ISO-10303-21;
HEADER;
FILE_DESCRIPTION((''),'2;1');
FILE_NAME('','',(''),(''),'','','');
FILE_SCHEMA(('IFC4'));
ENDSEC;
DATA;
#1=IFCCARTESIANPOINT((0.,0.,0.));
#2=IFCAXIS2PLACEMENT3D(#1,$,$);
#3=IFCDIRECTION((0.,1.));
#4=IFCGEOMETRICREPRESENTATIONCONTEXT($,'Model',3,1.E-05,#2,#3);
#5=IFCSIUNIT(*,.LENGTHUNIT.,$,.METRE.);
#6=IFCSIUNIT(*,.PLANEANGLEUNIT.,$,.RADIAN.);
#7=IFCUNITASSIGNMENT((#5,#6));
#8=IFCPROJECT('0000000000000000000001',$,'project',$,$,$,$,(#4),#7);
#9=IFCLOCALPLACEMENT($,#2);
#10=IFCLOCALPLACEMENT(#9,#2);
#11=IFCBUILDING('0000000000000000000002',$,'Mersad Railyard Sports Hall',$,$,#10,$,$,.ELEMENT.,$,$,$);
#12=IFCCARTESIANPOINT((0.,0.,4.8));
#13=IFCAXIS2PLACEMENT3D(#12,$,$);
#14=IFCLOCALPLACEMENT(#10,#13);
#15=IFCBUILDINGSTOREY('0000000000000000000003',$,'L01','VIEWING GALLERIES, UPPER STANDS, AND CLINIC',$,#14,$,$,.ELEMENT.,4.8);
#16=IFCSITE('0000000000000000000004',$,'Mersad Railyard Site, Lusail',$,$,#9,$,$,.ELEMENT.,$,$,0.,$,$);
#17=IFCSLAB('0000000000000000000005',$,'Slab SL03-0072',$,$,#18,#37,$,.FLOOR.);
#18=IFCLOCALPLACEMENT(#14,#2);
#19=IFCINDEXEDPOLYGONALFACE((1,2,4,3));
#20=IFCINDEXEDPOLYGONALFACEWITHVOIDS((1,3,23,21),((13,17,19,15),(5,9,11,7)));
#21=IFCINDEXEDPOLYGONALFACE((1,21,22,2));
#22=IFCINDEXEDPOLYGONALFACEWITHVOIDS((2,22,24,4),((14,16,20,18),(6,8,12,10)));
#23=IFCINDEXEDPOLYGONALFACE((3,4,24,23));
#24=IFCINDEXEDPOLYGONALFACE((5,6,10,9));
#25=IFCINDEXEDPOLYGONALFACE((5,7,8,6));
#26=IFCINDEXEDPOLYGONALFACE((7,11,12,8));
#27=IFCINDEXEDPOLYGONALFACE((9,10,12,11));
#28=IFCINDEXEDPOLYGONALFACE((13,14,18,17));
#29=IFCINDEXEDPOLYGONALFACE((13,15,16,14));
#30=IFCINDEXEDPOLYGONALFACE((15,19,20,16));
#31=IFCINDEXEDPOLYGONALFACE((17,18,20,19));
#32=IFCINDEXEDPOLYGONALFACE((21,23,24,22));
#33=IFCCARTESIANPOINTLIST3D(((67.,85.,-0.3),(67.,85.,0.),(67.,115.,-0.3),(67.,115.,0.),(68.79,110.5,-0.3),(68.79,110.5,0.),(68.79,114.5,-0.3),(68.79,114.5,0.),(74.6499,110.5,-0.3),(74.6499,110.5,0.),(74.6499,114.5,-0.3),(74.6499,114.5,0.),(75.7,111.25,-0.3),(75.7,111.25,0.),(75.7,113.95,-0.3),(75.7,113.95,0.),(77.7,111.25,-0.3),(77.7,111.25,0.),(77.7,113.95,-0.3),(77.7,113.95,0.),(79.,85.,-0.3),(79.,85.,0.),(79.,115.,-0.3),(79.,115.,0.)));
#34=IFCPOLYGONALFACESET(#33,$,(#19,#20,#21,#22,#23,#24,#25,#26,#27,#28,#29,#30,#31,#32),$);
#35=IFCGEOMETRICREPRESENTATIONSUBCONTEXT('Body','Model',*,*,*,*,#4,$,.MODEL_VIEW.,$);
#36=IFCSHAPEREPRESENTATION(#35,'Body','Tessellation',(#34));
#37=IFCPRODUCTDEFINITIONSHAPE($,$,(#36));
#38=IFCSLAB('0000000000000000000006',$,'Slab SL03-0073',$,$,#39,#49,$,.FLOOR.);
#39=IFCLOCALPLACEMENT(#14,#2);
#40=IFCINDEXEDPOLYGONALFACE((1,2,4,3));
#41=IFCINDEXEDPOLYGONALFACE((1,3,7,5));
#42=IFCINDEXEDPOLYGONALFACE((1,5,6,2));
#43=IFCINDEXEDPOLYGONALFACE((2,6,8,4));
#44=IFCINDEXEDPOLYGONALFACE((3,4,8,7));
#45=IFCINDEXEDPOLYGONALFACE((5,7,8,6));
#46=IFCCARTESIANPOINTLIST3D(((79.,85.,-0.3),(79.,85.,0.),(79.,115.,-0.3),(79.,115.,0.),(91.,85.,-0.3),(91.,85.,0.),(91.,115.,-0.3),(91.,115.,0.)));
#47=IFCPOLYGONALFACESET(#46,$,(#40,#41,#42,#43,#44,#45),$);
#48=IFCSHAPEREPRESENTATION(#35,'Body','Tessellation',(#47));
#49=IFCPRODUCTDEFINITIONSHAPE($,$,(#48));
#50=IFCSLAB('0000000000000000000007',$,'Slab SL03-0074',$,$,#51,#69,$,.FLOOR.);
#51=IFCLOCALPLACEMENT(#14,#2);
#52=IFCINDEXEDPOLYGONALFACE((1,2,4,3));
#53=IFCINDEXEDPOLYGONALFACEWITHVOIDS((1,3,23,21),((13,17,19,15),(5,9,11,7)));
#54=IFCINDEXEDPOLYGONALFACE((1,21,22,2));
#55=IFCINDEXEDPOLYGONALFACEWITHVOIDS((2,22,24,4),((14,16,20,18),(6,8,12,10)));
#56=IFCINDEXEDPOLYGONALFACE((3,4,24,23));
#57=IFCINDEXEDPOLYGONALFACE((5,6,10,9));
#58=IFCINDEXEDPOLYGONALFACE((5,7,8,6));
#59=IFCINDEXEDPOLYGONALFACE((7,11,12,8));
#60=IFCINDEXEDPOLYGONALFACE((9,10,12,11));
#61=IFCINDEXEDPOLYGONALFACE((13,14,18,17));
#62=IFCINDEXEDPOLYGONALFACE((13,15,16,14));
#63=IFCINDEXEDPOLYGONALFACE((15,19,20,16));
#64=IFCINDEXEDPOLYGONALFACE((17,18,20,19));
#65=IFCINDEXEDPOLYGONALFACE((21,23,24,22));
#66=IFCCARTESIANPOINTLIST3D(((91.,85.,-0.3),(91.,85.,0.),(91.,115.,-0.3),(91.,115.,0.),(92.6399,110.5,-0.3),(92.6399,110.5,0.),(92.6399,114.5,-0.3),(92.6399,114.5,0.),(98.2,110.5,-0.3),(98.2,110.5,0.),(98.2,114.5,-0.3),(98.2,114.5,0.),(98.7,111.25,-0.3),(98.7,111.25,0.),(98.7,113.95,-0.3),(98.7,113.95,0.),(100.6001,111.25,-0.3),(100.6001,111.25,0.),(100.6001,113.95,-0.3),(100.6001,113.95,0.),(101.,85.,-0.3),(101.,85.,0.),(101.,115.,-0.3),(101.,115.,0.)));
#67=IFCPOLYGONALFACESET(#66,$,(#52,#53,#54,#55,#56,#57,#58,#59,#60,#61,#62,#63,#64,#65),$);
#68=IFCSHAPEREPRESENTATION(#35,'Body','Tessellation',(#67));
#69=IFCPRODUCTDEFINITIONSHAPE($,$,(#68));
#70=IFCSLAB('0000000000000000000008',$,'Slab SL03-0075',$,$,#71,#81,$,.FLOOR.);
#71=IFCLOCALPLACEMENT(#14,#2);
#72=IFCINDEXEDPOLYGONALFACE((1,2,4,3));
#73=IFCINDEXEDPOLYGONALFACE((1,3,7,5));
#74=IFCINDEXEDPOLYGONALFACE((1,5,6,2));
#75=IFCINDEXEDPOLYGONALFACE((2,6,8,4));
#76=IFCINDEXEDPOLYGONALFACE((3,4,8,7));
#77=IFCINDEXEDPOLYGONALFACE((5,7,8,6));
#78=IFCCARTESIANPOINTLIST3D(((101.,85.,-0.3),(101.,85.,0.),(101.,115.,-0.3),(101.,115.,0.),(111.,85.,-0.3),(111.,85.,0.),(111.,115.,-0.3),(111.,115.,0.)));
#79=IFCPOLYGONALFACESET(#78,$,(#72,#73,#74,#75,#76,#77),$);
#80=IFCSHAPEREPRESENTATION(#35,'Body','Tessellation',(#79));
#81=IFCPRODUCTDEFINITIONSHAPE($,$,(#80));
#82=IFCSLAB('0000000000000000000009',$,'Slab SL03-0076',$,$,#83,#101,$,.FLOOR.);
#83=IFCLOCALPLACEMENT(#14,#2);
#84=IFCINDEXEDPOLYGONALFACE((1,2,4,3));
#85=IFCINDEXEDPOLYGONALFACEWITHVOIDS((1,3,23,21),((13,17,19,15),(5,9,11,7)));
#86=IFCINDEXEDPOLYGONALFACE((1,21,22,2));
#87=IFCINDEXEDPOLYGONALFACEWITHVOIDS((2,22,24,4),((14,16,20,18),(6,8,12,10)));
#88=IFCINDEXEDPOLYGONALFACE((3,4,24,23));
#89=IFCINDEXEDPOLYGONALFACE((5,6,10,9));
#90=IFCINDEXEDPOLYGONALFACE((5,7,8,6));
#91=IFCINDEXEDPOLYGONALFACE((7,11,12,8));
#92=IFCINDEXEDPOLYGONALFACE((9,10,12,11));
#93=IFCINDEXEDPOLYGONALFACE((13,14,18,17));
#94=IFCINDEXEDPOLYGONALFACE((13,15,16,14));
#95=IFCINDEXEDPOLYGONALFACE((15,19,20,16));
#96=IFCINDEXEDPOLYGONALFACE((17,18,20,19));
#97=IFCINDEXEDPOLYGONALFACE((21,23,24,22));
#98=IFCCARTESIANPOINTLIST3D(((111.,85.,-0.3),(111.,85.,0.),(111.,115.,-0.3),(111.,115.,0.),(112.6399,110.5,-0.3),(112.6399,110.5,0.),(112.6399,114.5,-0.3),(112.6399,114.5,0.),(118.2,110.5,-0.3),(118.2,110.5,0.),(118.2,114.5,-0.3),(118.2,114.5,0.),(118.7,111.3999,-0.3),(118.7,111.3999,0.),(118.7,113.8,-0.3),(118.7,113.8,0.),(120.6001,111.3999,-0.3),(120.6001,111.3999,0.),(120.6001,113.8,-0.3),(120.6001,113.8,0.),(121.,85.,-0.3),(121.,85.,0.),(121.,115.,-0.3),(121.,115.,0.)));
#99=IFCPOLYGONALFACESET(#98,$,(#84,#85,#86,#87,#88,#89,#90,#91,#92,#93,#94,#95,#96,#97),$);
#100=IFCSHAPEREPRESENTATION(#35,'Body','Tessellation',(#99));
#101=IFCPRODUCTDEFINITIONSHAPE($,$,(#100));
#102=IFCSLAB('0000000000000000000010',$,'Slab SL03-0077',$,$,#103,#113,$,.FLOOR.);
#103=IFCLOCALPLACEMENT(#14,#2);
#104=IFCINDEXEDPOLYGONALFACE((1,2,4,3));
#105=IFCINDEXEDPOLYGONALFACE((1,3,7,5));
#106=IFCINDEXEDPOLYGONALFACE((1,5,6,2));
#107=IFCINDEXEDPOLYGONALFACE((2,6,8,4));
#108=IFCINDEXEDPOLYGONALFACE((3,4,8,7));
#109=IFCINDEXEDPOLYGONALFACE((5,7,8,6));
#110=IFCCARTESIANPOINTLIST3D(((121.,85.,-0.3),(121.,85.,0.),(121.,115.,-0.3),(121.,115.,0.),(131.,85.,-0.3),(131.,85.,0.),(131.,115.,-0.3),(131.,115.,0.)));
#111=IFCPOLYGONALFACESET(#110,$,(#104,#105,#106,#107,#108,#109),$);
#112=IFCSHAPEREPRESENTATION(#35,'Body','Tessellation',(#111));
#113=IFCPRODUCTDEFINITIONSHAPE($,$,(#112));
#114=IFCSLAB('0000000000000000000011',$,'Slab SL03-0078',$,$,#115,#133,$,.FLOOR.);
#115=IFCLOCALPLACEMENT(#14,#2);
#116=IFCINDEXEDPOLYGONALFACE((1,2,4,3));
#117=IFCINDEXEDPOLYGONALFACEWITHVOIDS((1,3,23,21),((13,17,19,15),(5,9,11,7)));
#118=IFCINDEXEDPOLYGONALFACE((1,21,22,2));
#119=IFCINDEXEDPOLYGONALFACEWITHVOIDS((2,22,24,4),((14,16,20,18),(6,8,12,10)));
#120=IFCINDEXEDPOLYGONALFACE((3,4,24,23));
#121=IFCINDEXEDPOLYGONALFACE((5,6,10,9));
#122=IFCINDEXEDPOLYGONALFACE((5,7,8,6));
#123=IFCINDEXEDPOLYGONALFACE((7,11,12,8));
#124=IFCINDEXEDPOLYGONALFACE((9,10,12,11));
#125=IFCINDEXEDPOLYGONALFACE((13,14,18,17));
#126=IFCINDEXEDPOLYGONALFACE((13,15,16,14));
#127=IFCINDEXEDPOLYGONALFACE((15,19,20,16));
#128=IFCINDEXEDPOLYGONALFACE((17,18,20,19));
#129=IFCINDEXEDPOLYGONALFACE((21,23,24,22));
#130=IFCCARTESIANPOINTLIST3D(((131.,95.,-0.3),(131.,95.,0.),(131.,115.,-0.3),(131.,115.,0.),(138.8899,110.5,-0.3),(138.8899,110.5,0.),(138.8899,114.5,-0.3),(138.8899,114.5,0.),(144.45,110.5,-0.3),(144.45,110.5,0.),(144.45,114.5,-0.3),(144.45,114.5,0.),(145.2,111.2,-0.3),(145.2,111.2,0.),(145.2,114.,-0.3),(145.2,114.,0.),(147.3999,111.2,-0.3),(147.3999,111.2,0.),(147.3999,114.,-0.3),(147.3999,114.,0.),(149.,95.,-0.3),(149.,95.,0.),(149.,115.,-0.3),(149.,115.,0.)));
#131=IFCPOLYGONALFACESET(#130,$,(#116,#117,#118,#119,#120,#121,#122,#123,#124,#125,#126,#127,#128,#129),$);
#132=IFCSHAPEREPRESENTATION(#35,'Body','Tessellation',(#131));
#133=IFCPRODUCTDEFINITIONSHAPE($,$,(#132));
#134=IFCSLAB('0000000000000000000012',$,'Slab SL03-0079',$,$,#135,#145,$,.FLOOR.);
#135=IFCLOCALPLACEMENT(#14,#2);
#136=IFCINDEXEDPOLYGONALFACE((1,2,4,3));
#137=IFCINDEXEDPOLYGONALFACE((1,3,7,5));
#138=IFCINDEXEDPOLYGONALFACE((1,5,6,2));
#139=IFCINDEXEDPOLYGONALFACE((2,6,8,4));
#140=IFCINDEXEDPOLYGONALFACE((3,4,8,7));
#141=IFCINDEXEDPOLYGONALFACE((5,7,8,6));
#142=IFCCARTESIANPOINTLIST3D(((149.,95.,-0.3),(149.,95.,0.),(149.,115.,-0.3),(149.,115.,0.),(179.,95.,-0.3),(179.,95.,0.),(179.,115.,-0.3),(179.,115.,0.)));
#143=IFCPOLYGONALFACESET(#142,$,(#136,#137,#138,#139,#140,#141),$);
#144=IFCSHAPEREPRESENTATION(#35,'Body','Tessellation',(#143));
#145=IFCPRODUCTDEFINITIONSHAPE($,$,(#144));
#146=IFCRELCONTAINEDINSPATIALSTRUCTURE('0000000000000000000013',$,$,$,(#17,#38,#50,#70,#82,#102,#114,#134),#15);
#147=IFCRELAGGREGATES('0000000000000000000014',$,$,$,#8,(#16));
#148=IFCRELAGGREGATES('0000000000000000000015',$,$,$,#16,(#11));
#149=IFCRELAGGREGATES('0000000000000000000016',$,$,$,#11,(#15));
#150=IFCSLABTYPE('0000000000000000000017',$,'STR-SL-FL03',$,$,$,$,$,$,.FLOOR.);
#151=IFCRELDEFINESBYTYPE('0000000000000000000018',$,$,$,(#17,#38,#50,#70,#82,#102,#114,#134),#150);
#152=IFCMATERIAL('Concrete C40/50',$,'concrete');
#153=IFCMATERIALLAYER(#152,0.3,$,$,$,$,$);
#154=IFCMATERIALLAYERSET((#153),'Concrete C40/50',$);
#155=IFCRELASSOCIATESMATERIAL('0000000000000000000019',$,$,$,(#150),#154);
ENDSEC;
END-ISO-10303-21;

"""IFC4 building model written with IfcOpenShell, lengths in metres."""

from ifc_helpers import new_model, si_unit, direction, frame, origin, place, context, subcontext, project, spatial, polyline, outline, extrude, material, layer, layer_set, type_object, element, save


model = new_model("IFC4")

# Units and contexts
model_context = context("Model", 3, precision=1e-05, world=origin(), true_north=direction((0.0, 1.0)))
body_context = subcontext(model_context, "Body", "Model", "MODEL_VIEW")
ifc_project = project(units=[si_unit("LENGTHUNIT", "METRE"), si_unit("PLANEANGLEUNIT", "RADIAN")], contexts=[model_context])

# Site, building, storey
site_placement = place(None, origin())
site = spatial("IfcSite", under=ifc_project, at=site_placement, Name="Mersad Railyard Site, Lusail", CompositionType="ELEMENT", RefElevation=0.0)
building_placement = place(site_placement, origin())
building = spatial("IfcBuilding", under=site, at=building_placement, Name="Mersad Railyard Sports Hall", CompositionType="ELEMENT")
storey_placement = place(building_placement, frame((0.0, 0.0, 4.8)))
storey = spatial("IfcBuildingStorey", under=building, at=storey_placement, Name="L01", Description="VIEWING GALLERIES, UPPER STANDS, AND CLINIC", CompositionType="ELEMENT", Elevation=4.8)

# Slabs
ifc_material = material(Name="Concrete C40/50", Category="concrete")
ifc_layer_1 = layer(ifc_material, 0.3)
ifc_layer_set_1 = layer_set([ifc_layer_1], Name="Concrete C40/50")
slab_type_1 = type_object("IfcSlabType", Name="STR-SL-FL03", PredefinedType="FLOOR", material=ifc_layer_set_1)
slab_1_placement = place(storey_placement, frame((0.0, 0.0, -0.3)))
element("IfcSlab", 1, at=slab_1_placement, inside=storey, type_object=slab_type_1, Name="Slab SL03-0072", PredefinedType="FLOOR", context=body_context, shape_type="SweptSolid", body=[
    extrude(outline(polyline([(67.0, 85.0), (79.0, 85.0), (79.0, 115.0), (67.0, 115.0), (67.0, 85.0)]), holes=[polyline([(68.79, 110.5), (74.6499, 110.5), (74.6499, 114.5), (68.79, 114.5), (68.79, 110.5)]), polyline([(75.7, 111.25), (77.7, 111.25), (77.7, 113.95), (75.7, 113.95), (75.7, 111.25)])]), origin(), (0.0, 0.0, 1.0), 0.3),
])
slab_2_placement = place(storey_placement, frame((0.0, 0.0, -0.3)))
element("IfcSlab", 2, at=slab_2_placement, inside=storey, type_object=slab_type_1, Name="Slab SL03-0073", PredefinedType="FLOOR", context=body_context, shape_type="SweptSolid", body=[
    extrude(outline(polyline([(79.0, 85.0), (91.0, 85.0), (91.0, 115.0), (79.0, 115.0), (79.0, 85.0)])), origin(), (0.0, 0.0, 1.0), 0.3),
])
slab_3_placement = place(storey_placement, frame((0.0, 0.0, -0.3)))
element("IfcSlab", 3, at=slab_3_placement, inside=storey, type_object=slab_type_1, Name="Slab SL03-0074", PredefinedType="FLOOR", context=body_context, shape_type="SweptSolid", body=[
    extrude(outline(polyline([(91.0, 85.0), (101.0, 85.0), (101.0, 115.0), (91.0, 115.0), (91.0, 85.0)]), holes=[polyline([(92.6399, 110.5), (98.2, 110.5), (98.2, 114.5), (92.6399, 114.5), (92.6399, 110.5)]), polyline([(98.7, 111.25), (100.6001, 111.25), (100.6001, 113.95), (98.7, 113.95), (98.7, 111.25)])]), origin(), (0.0, 0.0, 1.0), 0.3),
])
slab_4_placement = place(storey_placement, frame((0.0, 0.0, -0.3)))
element("IfcSlab", 4, at=slab_4_placement, inside=storey, type_object=slab_type_1, Name="Slab SL03-0075", PredefinedType="FLOOR", context=body_context, shape_type="SweptSolid", body=[
    extrude(outline(polyline([(101.0, 85.0), (111.0, 85.0), (111.0, 115.0), (101.0, 115.0), (101.0, 85.0)])), origin(), (0.0, 0.0, 1.0), 0.3),
])
slab_5_placement = place(storey_placement, frame((0.0, 0.0, -0.3)))
element("IfcSlab", 5, at=slab_5_placement, inside=storey, type_object=slab_type_1, Name="Slab SL03-0076", PredefinedType="FLOOR", context=body_context, shape_type="SweptSolid", body=[
    extrude(outline(polyline([(111.0, 85.0), (121.0, 85.0), (121.0, 115.0), (111.0, 115.0), (111.0, 85.0)]), holes=[polyline([(112.6399, 110.5), (118.2, 110.5), (118.2, 114.5), (112.6399, 114.5), (112.6399, 110.5)]), polyline([(118.7, 111.3999), (120.6001, 111.3999), (120.6001, 113.8), (118.7, 113.8), (118.7, 111.3999)])]), origin(), (0.0, 0.0, 1.0), 0.3),
])
slab_6_placement = place(storey_placement, frame((0.0, 0.0, -0.3)))
element("IfcSlab", 6, at=slab_6_placement, inside=storey, type_object=slab_type_1, Name="Slab SL03-0077", PredefinedType="FLOOR", context=body_context, shape_type="SweptSolid", body=[
    extrude(outline(polyline([(121.0, 85.0), (131.0, 85.0), (131.0, 115.0), (121.0, 115.0), (121.0, 85.0)])), origin(), (0.0, 0.0, 1.0), 0.3),
])
slab_7_placement = place(storey_placement, frame((0.0, 0.0, -0.3)))
element("IfcSlab", 7, at=slab_7_placement, inside=storey, type_object=slab_type_1, Name="Slab SL03-0078", PredefinedType="FLOOR", context=body_context, shape_type="SweptSolid", body=[
    extrude(outline(polyline([(131.0, 95.0), (149.0, 95.0), (149.0, 115.0), (131.0, 115.0), (131.0, 95.0)]), holes=[polyline([(138.8899, 110.5), (144.45, 110.5), (144.45, 114.5), (138.8899, 114.5), (138.8899, 110.5)]), polyline([(145.2, 111.2), (147.3999, 111.2), (147.3999, 114.0), (145.2, 114.0), (145.2, 111.2)])]), origin(), (0.0, 0.0, 1.0), 0.3),
])
slab_8_placement = place(storey_placement, frame((0.0, 0.0, -0.3)))
element("IfcSlab", 8, at=slab_8_placement, inside=storey, type_object=slab_type_1, Name="Slab SL03-0079", PredefinedType="FLOOR", context=body_context, shape_type="SweptSolid", body=[
    extrude(outline(polyline([(149.0, 95.0), (179.0, 95.0), (179.0, 115.0), (149.0, 115.0), (149.0, 95.0)])), origin(), (0.0, 0.0, 1.0), 0.3),
])

save(model, "model.ifc")
